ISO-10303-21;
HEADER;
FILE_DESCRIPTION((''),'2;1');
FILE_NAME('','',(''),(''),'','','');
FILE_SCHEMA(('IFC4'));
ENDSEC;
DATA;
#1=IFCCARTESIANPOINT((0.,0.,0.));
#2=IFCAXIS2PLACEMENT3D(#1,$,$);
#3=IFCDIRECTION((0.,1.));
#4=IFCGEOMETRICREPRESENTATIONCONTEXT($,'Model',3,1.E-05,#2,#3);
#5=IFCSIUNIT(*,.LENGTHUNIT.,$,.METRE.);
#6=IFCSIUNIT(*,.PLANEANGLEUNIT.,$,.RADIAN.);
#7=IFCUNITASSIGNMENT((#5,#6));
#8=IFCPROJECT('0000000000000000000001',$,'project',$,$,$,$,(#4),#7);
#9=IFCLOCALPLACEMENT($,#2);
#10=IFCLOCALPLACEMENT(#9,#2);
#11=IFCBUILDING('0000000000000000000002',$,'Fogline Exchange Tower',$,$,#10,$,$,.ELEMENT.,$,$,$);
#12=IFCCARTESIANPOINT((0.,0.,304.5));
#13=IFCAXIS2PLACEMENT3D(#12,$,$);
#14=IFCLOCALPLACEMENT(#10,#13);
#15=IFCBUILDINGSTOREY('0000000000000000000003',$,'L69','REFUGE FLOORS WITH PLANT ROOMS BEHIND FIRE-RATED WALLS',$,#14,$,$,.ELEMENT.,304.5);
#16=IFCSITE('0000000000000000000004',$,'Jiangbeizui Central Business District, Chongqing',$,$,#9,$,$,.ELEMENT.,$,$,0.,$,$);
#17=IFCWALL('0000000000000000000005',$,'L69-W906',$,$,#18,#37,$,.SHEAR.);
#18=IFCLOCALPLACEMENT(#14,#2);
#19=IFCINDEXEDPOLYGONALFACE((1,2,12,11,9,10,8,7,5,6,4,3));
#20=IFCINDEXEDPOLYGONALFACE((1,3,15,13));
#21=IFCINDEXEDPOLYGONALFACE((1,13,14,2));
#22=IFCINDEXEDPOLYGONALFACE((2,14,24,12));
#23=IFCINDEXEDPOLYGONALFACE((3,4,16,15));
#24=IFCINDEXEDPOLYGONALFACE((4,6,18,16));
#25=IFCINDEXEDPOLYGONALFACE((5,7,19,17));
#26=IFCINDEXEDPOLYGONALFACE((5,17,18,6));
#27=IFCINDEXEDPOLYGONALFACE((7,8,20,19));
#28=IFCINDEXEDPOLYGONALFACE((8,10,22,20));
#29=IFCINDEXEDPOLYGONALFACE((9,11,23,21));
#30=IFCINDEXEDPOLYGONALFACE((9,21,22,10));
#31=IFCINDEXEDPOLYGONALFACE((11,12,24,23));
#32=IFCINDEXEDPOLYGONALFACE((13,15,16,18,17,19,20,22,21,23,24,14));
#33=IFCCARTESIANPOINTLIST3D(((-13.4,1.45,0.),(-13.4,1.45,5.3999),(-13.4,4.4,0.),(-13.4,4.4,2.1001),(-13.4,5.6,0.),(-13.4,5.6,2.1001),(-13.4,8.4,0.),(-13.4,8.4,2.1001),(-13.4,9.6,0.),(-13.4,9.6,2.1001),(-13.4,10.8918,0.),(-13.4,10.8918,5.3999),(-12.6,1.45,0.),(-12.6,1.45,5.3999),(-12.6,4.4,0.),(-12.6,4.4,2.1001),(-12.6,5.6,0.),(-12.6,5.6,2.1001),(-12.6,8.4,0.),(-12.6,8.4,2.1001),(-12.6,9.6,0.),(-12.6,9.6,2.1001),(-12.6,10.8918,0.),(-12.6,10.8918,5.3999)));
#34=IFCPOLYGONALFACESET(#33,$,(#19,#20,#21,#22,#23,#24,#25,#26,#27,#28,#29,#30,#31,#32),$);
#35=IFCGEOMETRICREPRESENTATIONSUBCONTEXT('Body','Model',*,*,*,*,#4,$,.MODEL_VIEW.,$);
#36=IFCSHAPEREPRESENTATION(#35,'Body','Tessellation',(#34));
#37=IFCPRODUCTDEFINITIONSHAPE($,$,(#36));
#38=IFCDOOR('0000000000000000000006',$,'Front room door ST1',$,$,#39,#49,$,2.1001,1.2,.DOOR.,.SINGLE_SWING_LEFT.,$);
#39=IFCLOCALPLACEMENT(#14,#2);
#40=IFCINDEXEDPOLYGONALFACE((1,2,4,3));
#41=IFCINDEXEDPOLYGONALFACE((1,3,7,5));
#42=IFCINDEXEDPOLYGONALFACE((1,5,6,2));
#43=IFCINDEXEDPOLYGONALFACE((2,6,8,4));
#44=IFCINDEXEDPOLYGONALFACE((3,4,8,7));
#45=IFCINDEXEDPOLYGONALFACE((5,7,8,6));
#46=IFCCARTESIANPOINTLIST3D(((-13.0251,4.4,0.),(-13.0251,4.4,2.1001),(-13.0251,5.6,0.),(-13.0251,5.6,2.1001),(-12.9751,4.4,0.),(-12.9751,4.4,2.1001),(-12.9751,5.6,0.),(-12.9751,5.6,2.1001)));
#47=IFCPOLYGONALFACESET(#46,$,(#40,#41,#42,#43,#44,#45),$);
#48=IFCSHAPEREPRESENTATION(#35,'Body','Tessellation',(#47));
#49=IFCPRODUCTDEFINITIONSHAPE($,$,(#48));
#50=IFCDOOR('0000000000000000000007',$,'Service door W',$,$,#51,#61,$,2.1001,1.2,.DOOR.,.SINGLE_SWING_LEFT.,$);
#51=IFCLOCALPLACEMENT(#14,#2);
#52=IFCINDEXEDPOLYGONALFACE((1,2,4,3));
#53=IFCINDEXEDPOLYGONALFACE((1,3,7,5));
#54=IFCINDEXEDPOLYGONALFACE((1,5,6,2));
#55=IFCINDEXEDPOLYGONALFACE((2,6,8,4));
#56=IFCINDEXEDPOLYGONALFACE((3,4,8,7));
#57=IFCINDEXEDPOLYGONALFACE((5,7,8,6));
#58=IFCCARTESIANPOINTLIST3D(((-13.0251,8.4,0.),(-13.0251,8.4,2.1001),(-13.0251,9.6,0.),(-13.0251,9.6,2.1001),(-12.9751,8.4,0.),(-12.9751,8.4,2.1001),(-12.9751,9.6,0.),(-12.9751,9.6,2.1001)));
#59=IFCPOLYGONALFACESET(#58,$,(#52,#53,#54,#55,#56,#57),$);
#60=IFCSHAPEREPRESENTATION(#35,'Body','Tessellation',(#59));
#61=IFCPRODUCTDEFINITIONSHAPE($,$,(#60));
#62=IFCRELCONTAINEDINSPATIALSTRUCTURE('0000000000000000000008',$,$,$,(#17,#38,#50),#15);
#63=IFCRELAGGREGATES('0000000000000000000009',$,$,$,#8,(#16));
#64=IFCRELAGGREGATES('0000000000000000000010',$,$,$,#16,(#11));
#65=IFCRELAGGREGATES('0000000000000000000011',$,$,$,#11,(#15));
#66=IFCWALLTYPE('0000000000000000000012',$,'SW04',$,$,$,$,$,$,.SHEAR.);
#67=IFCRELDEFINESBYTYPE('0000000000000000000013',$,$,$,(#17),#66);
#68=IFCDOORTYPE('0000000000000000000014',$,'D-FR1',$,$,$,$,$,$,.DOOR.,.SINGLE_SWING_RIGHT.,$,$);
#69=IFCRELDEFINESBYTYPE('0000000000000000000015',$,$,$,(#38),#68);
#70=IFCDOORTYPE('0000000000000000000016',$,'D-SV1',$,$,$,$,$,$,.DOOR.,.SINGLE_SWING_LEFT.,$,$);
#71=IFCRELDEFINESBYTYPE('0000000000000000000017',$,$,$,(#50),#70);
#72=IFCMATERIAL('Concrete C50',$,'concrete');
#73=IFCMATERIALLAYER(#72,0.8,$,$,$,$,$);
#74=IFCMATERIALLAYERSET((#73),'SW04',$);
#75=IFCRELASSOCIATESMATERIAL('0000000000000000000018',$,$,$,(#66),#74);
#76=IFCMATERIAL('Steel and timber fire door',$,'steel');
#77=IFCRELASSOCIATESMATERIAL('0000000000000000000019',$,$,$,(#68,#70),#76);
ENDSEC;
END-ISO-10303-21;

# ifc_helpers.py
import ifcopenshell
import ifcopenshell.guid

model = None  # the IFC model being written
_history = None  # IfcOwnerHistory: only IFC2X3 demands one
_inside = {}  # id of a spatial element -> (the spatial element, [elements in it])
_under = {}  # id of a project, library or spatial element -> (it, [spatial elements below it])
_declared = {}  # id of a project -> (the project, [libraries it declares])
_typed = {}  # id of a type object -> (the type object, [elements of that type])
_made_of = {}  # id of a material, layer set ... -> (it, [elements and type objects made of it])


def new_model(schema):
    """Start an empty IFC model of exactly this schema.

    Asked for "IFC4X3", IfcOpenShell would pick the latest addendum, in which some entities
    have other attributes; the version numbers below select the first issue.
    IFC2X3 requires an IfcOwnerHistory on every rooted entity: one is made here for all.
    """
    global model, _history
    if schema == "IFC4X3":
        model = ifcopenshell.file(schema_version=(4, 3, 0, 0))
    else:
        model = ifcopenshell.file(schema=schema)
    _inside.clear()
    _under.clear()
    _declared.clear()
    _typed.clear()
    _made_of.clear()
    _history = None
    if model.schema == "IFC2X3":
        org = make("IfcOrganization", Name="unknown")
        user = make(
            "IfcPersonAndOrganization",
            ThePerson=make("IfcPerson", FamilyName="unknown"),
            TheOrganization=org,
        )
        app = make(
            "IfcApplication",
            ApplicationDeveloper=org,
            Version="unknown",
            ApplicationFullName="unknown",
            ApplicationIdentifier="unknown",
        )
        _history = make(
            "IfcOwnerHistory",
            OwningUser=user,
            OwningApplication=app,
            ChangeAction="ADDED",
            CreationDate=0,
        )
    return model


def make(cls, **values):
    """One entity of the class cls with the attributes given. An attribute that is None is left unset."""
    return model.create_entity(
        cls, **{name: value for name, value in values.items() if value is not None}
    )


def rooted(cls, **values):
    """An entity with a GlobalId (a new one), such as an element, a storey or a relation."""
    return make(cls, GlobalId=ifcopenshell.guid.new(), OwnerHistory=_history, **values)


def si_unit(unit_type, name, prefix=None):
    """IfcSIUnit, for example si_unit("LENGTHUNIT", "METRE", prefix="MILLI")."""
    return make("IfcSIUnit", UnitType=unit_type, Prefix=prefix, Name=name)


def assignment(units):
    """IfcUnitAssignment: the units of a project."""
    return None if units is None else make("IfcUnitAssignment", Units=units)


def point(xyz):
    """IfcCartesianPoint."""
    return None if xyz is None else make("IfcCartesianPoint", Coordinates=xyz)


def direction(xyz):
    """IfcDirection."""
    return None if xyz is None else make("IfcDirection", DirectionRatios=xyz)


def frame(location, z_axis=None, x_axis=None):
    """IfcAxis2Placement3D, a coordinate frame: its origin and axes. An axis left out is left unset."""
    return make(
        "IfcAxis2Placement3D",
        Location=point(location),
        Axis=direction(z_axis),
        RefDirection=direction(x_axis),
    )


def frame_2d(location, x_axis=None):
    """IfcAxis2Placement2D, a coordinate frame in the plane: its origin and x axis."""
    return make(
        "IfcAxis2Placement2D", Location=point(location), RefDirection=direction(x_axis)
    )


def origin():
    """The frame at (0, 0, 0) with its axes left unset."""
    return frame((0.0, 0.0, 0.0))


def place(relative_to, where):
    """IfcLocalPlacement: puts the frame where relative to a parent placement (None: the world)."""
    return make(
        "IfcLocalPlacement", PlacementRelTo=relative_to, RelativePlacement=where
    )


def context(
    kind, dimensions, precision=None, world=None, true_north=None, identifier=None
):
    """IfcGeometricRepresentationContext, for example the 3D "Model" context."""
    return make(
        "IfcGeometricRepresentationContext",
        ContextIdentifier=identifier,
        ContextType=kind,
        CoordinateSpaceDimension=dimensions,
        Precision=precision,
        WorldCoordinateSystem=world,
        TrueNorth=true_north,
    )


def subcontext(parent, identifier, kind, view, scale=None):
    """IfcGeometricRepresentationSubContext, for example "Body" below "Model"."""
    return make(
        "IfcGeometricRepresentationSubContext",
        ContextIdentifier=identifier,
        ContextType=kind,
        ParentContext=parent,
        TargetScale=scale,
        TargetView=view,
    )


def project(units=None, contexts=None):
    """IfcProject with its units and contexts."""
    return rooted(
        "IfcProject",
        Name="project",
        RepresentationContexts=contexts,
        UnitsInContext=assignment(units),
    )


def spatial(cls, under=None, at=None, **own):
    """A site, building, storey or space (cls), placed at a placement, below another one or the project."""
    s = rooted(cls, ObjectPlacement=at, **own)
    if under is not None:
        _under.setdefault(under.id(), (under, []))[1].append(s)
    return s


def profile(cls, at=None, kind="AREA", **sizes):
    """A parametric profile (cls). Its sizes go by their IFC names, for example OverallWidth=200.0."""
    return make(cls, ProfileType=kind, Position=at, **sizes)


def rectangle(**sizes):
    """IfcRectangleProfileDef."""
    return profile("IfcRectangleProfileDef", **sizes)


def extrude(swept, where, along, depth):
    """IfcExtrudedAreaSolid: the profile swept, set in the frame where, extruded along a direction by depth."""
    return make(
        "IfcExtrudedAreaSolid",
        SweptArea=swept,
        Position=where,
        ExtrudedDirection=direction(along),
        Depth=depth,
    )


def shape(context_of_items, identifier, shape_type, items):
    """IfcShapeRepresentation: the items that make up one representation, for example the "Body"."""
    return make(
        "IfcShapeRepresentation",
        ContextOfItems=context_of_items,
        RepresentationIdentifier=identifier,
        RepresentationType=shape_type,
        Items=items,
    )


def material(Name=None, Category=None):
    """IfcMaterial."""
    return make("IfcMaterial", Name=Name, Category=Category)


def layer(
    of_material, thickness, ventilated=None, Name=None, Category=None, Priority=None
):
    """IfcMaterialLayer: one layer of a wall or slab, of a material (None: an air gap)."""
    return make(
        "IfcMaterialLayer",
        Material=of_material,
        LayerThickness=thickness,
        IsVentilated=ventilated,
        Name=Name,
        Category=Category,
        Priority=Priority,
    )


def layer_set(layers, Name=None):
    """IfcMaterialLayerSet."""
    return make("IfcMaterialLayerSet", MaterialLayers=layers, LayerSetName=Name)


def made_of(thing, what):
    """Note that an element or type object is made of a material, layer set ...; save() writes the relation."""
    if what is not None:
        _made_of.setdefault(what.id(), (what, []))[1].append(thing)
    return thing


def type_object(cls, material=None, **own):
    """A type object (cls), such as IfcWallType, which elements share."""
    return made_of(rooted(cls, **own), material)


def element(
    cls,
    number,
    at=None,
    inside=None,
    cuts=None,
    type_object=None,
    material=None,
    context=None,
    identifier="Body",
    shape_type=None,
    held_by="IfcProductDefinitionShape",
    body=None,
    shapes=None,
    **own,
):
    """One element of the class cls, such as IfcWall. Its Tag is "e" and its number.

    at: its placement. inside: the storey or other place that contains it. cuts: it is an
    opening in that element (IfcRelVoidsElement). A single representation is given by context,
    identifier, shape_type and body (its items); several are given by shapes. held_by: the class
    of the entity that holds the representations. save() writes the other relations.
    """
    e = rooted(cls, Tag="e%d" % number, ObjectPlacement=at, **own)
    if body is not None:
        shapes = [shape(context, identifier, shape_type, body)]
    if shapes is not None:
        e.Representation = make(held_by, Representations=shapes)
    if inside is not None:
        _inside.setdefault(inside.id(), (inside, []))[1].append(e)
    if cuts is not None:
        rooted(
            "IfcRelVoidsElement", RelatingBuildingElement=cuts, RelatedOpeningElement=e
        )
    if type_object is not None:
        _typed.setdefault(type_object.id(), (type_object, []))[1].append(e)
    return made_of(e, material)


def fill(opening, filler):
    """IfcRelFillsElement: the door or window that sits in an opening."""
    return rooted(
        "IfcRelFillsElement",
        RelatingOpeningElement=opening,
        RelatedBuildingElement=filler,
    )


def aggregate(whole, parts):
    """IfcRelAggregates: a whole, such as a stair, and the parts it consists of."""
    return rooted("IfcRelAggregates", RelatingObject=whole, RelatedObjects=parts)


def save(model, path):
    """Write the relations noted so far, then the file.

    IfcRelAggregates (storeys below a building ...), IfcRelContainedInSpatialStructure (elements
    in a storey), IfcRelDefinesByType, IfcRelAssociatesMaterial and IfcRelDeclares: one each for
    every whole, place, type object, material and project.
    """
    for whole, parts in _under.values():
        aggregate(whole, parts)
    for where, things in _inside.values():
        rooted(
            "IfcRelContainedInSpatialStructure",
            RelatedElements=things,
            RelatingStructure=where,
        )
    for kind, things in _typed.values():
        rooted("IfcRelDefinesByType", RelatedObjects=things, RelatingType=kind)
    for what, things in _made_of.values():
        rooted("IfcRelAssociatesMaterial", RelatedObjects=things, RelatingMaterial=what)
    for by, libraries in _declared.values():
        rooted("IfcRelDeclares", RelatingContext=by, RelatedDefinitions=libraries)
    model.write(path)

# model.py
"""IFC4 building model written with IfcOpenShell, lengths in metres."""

from ifc_helpers import new_model, si_unit, direction, frame, frame_2d, origin, place, context, subcontext, project, spatial, rectangle, extrude, material, layer, layer_set, type_object, element, fill, save


model = new_model("IFC4")

# Units and contexts
model_context = context("Model", 3, precision=1e-05, world=origin(), true_north=direction((0.0, 1.0)))
body_context = subcontext(model_context, "Body", "Model", "MODEL_VIEW")
ifc_project = project(units=[si_unit("LENGTHUNIT", "METRE"), si_unit("PLANEANGLEUNIT", "RADIAN")], contexts=[model_context])

# Site, building, storey
site_placement = place(None, origin())
site = spatial("IfcSite", under=ifc_project, at=site_placement, Name="Jiangbeizui Central Business District, Chongqing", CompositionType="ELEMENT", RefElevation=0.0)
building_placement = place(site_placement, origin())
building = spatial("IfcBuilding", under=site, at=building_placement, Name="Fogline Exchange Tower", CompositionType="ELEMENT")
storey_placement = place(building_placement, frame((0.0, 0.0, 304.5)))
storey = spatial("IfcBuildingStorey", under=building, at=storey_placement, Name="L69", Description="REFUGE FLOORS WITH PLANT ROOMS BEHIND FIRE-RATED WALLS", CompositionType="ELEMENT", Elevation=304.5)

# Shared definitions
ifc_material_1 = material(Name="Steel and timber fire door", Category="steel")

# Shared definitions
ifc_material_2 = material(Name="Concrete C50", Category="concrete")
ifc_layer_1 = layer(ifc_material_2, 0.8)
ifc_layer_set_1 = layer_set([ifc_layer_1], Name="SW04")
wall_type_1 = type_object("IfcWallType", Name="SW04", PredefinedType="SHEAR", material=ifc_layer_set_1)

# Wall, openings, doors
wall_1_placement = place(storey_placement, frame((-13.0, 10.8918, 0.0), z_axis=(0.0, 0.0, 1.0), x_axis=(0.0, -1.0, 0.0)))
wall_1 = element("IfcWall", 1, at=wall_1_placement, inside=storey, type_object=wall_type_1, Name="L69-W906", PredefinedType="SHEAR", context=body_context, shape_type="SweptSolid", body=[
    extrude(rectangle(XDim=9.4419, YDim=0.8, at=frame_2d((4.7209, 0.0))), origin(), (0.0, 0.0, 1.0), 5.3999),
])
opening_1_placement = place(wall_1_placement, frame((5.2917, 0.0, 0.0)))
opening_1 = element("IfcOpeningElement", 2, at=opening_1_placement, cuts=wall_1, PredefinedType="OPENING", context=body_context, shape_type="SweptSolid", body=[
    extrude(rectangle(XDim=1.2, YDim=2.1001, at=frame_2d((0.6001, 1.05))), frame((0.0, 0.4102, 0.0), z_axis=(0.0, -1.0, 0.0), x_axis=(1.0, 0.0, 0.0)), (0.0, 0.0, 1.0), 0.8201),
])
opening_2_placement = place(wall_1_placement, frame((1.2917, 0.0, 0.0)))
opening_2 = element("IfcOpeningElement", 3, at=opening_2_placement, cuts=wall_1, PredefinedType="OPENING", context=body_context, shape_type="SweptSolid", body=[
    extrude(rectangle(XDim=1.2, YDim=2.1001, at=frame_2d((0.6001, 1.05))), frame((0.0, 0.4102, 0.0), z_axis=(0.0, -1.0, 0.0), x_axis=(1.0, 0.0, 0.0)), (0.0, 0.0, 1.0), 0.8201),
])
door_type_1 = type_object("IfcDoorType", Name="D-FR1", OperationType="SINGLE_SWING_RIGHT", PredefinedType="DOOR", material=ifc_material_1)
door_1_placement = place(opening_1_placement, origin())
door_1 = element("IfcDoor", 4, at=door_1_placement, inside=storey, type_object=door_type_1, Name="Front room door ST1", OperationType="SINGLE_SWING_LEFT", OverallHeight=2.1001, OverallWidth=1.2, PredefinedType="DOOR", context=body_context, shape_type="SweptSolid", body=[
    extrude(rectangle(XDim=1.2, YDim=2.1001, at=frame_2d((0.6001, 1.05))), frame((0.0, 0.0249, 0.0), z_axis=(0.0, -1.0, 0.0), x_axis=(1.0, 0.0, 0.0)), (0.0, 0.0, 1.0), 0.05),
])
fill(opening_1, door_1)
door_type_2 = type_object("IfcDoorType", Name="D-SV1", OperationType="SINGLE_SWING_LEFT", PredefinedType="DOOR", material=ifc_material_1)
door_2_placement = place(opening_2_placement, origin())
door_2 = element("IfcDoor", 5, at=door_2_placement, inside=storey, type_object=door_type_2, Name="Service door W", OperationType="SINGLE_SWING_LEFT", OverallHeight=2.1001, OverallWidth=1.2, PredefinedType="DOOR", context=body_context, shape_type="SweptSolid", body=[
    extrude(rectangle(XDim=1.2, YDim=2.1001, at=frame_2d((0.6001, 1.05))), frame((0.0, 0.0249, 0.0), z_axis=(0.0, -1.0, 0.0), x_axis=(1.0, 0.0, 0.0)), (0.0, 0.0, 1.0), 0.05),
])
fill(opening_2, door_2)

save(model, "model.ifc")
